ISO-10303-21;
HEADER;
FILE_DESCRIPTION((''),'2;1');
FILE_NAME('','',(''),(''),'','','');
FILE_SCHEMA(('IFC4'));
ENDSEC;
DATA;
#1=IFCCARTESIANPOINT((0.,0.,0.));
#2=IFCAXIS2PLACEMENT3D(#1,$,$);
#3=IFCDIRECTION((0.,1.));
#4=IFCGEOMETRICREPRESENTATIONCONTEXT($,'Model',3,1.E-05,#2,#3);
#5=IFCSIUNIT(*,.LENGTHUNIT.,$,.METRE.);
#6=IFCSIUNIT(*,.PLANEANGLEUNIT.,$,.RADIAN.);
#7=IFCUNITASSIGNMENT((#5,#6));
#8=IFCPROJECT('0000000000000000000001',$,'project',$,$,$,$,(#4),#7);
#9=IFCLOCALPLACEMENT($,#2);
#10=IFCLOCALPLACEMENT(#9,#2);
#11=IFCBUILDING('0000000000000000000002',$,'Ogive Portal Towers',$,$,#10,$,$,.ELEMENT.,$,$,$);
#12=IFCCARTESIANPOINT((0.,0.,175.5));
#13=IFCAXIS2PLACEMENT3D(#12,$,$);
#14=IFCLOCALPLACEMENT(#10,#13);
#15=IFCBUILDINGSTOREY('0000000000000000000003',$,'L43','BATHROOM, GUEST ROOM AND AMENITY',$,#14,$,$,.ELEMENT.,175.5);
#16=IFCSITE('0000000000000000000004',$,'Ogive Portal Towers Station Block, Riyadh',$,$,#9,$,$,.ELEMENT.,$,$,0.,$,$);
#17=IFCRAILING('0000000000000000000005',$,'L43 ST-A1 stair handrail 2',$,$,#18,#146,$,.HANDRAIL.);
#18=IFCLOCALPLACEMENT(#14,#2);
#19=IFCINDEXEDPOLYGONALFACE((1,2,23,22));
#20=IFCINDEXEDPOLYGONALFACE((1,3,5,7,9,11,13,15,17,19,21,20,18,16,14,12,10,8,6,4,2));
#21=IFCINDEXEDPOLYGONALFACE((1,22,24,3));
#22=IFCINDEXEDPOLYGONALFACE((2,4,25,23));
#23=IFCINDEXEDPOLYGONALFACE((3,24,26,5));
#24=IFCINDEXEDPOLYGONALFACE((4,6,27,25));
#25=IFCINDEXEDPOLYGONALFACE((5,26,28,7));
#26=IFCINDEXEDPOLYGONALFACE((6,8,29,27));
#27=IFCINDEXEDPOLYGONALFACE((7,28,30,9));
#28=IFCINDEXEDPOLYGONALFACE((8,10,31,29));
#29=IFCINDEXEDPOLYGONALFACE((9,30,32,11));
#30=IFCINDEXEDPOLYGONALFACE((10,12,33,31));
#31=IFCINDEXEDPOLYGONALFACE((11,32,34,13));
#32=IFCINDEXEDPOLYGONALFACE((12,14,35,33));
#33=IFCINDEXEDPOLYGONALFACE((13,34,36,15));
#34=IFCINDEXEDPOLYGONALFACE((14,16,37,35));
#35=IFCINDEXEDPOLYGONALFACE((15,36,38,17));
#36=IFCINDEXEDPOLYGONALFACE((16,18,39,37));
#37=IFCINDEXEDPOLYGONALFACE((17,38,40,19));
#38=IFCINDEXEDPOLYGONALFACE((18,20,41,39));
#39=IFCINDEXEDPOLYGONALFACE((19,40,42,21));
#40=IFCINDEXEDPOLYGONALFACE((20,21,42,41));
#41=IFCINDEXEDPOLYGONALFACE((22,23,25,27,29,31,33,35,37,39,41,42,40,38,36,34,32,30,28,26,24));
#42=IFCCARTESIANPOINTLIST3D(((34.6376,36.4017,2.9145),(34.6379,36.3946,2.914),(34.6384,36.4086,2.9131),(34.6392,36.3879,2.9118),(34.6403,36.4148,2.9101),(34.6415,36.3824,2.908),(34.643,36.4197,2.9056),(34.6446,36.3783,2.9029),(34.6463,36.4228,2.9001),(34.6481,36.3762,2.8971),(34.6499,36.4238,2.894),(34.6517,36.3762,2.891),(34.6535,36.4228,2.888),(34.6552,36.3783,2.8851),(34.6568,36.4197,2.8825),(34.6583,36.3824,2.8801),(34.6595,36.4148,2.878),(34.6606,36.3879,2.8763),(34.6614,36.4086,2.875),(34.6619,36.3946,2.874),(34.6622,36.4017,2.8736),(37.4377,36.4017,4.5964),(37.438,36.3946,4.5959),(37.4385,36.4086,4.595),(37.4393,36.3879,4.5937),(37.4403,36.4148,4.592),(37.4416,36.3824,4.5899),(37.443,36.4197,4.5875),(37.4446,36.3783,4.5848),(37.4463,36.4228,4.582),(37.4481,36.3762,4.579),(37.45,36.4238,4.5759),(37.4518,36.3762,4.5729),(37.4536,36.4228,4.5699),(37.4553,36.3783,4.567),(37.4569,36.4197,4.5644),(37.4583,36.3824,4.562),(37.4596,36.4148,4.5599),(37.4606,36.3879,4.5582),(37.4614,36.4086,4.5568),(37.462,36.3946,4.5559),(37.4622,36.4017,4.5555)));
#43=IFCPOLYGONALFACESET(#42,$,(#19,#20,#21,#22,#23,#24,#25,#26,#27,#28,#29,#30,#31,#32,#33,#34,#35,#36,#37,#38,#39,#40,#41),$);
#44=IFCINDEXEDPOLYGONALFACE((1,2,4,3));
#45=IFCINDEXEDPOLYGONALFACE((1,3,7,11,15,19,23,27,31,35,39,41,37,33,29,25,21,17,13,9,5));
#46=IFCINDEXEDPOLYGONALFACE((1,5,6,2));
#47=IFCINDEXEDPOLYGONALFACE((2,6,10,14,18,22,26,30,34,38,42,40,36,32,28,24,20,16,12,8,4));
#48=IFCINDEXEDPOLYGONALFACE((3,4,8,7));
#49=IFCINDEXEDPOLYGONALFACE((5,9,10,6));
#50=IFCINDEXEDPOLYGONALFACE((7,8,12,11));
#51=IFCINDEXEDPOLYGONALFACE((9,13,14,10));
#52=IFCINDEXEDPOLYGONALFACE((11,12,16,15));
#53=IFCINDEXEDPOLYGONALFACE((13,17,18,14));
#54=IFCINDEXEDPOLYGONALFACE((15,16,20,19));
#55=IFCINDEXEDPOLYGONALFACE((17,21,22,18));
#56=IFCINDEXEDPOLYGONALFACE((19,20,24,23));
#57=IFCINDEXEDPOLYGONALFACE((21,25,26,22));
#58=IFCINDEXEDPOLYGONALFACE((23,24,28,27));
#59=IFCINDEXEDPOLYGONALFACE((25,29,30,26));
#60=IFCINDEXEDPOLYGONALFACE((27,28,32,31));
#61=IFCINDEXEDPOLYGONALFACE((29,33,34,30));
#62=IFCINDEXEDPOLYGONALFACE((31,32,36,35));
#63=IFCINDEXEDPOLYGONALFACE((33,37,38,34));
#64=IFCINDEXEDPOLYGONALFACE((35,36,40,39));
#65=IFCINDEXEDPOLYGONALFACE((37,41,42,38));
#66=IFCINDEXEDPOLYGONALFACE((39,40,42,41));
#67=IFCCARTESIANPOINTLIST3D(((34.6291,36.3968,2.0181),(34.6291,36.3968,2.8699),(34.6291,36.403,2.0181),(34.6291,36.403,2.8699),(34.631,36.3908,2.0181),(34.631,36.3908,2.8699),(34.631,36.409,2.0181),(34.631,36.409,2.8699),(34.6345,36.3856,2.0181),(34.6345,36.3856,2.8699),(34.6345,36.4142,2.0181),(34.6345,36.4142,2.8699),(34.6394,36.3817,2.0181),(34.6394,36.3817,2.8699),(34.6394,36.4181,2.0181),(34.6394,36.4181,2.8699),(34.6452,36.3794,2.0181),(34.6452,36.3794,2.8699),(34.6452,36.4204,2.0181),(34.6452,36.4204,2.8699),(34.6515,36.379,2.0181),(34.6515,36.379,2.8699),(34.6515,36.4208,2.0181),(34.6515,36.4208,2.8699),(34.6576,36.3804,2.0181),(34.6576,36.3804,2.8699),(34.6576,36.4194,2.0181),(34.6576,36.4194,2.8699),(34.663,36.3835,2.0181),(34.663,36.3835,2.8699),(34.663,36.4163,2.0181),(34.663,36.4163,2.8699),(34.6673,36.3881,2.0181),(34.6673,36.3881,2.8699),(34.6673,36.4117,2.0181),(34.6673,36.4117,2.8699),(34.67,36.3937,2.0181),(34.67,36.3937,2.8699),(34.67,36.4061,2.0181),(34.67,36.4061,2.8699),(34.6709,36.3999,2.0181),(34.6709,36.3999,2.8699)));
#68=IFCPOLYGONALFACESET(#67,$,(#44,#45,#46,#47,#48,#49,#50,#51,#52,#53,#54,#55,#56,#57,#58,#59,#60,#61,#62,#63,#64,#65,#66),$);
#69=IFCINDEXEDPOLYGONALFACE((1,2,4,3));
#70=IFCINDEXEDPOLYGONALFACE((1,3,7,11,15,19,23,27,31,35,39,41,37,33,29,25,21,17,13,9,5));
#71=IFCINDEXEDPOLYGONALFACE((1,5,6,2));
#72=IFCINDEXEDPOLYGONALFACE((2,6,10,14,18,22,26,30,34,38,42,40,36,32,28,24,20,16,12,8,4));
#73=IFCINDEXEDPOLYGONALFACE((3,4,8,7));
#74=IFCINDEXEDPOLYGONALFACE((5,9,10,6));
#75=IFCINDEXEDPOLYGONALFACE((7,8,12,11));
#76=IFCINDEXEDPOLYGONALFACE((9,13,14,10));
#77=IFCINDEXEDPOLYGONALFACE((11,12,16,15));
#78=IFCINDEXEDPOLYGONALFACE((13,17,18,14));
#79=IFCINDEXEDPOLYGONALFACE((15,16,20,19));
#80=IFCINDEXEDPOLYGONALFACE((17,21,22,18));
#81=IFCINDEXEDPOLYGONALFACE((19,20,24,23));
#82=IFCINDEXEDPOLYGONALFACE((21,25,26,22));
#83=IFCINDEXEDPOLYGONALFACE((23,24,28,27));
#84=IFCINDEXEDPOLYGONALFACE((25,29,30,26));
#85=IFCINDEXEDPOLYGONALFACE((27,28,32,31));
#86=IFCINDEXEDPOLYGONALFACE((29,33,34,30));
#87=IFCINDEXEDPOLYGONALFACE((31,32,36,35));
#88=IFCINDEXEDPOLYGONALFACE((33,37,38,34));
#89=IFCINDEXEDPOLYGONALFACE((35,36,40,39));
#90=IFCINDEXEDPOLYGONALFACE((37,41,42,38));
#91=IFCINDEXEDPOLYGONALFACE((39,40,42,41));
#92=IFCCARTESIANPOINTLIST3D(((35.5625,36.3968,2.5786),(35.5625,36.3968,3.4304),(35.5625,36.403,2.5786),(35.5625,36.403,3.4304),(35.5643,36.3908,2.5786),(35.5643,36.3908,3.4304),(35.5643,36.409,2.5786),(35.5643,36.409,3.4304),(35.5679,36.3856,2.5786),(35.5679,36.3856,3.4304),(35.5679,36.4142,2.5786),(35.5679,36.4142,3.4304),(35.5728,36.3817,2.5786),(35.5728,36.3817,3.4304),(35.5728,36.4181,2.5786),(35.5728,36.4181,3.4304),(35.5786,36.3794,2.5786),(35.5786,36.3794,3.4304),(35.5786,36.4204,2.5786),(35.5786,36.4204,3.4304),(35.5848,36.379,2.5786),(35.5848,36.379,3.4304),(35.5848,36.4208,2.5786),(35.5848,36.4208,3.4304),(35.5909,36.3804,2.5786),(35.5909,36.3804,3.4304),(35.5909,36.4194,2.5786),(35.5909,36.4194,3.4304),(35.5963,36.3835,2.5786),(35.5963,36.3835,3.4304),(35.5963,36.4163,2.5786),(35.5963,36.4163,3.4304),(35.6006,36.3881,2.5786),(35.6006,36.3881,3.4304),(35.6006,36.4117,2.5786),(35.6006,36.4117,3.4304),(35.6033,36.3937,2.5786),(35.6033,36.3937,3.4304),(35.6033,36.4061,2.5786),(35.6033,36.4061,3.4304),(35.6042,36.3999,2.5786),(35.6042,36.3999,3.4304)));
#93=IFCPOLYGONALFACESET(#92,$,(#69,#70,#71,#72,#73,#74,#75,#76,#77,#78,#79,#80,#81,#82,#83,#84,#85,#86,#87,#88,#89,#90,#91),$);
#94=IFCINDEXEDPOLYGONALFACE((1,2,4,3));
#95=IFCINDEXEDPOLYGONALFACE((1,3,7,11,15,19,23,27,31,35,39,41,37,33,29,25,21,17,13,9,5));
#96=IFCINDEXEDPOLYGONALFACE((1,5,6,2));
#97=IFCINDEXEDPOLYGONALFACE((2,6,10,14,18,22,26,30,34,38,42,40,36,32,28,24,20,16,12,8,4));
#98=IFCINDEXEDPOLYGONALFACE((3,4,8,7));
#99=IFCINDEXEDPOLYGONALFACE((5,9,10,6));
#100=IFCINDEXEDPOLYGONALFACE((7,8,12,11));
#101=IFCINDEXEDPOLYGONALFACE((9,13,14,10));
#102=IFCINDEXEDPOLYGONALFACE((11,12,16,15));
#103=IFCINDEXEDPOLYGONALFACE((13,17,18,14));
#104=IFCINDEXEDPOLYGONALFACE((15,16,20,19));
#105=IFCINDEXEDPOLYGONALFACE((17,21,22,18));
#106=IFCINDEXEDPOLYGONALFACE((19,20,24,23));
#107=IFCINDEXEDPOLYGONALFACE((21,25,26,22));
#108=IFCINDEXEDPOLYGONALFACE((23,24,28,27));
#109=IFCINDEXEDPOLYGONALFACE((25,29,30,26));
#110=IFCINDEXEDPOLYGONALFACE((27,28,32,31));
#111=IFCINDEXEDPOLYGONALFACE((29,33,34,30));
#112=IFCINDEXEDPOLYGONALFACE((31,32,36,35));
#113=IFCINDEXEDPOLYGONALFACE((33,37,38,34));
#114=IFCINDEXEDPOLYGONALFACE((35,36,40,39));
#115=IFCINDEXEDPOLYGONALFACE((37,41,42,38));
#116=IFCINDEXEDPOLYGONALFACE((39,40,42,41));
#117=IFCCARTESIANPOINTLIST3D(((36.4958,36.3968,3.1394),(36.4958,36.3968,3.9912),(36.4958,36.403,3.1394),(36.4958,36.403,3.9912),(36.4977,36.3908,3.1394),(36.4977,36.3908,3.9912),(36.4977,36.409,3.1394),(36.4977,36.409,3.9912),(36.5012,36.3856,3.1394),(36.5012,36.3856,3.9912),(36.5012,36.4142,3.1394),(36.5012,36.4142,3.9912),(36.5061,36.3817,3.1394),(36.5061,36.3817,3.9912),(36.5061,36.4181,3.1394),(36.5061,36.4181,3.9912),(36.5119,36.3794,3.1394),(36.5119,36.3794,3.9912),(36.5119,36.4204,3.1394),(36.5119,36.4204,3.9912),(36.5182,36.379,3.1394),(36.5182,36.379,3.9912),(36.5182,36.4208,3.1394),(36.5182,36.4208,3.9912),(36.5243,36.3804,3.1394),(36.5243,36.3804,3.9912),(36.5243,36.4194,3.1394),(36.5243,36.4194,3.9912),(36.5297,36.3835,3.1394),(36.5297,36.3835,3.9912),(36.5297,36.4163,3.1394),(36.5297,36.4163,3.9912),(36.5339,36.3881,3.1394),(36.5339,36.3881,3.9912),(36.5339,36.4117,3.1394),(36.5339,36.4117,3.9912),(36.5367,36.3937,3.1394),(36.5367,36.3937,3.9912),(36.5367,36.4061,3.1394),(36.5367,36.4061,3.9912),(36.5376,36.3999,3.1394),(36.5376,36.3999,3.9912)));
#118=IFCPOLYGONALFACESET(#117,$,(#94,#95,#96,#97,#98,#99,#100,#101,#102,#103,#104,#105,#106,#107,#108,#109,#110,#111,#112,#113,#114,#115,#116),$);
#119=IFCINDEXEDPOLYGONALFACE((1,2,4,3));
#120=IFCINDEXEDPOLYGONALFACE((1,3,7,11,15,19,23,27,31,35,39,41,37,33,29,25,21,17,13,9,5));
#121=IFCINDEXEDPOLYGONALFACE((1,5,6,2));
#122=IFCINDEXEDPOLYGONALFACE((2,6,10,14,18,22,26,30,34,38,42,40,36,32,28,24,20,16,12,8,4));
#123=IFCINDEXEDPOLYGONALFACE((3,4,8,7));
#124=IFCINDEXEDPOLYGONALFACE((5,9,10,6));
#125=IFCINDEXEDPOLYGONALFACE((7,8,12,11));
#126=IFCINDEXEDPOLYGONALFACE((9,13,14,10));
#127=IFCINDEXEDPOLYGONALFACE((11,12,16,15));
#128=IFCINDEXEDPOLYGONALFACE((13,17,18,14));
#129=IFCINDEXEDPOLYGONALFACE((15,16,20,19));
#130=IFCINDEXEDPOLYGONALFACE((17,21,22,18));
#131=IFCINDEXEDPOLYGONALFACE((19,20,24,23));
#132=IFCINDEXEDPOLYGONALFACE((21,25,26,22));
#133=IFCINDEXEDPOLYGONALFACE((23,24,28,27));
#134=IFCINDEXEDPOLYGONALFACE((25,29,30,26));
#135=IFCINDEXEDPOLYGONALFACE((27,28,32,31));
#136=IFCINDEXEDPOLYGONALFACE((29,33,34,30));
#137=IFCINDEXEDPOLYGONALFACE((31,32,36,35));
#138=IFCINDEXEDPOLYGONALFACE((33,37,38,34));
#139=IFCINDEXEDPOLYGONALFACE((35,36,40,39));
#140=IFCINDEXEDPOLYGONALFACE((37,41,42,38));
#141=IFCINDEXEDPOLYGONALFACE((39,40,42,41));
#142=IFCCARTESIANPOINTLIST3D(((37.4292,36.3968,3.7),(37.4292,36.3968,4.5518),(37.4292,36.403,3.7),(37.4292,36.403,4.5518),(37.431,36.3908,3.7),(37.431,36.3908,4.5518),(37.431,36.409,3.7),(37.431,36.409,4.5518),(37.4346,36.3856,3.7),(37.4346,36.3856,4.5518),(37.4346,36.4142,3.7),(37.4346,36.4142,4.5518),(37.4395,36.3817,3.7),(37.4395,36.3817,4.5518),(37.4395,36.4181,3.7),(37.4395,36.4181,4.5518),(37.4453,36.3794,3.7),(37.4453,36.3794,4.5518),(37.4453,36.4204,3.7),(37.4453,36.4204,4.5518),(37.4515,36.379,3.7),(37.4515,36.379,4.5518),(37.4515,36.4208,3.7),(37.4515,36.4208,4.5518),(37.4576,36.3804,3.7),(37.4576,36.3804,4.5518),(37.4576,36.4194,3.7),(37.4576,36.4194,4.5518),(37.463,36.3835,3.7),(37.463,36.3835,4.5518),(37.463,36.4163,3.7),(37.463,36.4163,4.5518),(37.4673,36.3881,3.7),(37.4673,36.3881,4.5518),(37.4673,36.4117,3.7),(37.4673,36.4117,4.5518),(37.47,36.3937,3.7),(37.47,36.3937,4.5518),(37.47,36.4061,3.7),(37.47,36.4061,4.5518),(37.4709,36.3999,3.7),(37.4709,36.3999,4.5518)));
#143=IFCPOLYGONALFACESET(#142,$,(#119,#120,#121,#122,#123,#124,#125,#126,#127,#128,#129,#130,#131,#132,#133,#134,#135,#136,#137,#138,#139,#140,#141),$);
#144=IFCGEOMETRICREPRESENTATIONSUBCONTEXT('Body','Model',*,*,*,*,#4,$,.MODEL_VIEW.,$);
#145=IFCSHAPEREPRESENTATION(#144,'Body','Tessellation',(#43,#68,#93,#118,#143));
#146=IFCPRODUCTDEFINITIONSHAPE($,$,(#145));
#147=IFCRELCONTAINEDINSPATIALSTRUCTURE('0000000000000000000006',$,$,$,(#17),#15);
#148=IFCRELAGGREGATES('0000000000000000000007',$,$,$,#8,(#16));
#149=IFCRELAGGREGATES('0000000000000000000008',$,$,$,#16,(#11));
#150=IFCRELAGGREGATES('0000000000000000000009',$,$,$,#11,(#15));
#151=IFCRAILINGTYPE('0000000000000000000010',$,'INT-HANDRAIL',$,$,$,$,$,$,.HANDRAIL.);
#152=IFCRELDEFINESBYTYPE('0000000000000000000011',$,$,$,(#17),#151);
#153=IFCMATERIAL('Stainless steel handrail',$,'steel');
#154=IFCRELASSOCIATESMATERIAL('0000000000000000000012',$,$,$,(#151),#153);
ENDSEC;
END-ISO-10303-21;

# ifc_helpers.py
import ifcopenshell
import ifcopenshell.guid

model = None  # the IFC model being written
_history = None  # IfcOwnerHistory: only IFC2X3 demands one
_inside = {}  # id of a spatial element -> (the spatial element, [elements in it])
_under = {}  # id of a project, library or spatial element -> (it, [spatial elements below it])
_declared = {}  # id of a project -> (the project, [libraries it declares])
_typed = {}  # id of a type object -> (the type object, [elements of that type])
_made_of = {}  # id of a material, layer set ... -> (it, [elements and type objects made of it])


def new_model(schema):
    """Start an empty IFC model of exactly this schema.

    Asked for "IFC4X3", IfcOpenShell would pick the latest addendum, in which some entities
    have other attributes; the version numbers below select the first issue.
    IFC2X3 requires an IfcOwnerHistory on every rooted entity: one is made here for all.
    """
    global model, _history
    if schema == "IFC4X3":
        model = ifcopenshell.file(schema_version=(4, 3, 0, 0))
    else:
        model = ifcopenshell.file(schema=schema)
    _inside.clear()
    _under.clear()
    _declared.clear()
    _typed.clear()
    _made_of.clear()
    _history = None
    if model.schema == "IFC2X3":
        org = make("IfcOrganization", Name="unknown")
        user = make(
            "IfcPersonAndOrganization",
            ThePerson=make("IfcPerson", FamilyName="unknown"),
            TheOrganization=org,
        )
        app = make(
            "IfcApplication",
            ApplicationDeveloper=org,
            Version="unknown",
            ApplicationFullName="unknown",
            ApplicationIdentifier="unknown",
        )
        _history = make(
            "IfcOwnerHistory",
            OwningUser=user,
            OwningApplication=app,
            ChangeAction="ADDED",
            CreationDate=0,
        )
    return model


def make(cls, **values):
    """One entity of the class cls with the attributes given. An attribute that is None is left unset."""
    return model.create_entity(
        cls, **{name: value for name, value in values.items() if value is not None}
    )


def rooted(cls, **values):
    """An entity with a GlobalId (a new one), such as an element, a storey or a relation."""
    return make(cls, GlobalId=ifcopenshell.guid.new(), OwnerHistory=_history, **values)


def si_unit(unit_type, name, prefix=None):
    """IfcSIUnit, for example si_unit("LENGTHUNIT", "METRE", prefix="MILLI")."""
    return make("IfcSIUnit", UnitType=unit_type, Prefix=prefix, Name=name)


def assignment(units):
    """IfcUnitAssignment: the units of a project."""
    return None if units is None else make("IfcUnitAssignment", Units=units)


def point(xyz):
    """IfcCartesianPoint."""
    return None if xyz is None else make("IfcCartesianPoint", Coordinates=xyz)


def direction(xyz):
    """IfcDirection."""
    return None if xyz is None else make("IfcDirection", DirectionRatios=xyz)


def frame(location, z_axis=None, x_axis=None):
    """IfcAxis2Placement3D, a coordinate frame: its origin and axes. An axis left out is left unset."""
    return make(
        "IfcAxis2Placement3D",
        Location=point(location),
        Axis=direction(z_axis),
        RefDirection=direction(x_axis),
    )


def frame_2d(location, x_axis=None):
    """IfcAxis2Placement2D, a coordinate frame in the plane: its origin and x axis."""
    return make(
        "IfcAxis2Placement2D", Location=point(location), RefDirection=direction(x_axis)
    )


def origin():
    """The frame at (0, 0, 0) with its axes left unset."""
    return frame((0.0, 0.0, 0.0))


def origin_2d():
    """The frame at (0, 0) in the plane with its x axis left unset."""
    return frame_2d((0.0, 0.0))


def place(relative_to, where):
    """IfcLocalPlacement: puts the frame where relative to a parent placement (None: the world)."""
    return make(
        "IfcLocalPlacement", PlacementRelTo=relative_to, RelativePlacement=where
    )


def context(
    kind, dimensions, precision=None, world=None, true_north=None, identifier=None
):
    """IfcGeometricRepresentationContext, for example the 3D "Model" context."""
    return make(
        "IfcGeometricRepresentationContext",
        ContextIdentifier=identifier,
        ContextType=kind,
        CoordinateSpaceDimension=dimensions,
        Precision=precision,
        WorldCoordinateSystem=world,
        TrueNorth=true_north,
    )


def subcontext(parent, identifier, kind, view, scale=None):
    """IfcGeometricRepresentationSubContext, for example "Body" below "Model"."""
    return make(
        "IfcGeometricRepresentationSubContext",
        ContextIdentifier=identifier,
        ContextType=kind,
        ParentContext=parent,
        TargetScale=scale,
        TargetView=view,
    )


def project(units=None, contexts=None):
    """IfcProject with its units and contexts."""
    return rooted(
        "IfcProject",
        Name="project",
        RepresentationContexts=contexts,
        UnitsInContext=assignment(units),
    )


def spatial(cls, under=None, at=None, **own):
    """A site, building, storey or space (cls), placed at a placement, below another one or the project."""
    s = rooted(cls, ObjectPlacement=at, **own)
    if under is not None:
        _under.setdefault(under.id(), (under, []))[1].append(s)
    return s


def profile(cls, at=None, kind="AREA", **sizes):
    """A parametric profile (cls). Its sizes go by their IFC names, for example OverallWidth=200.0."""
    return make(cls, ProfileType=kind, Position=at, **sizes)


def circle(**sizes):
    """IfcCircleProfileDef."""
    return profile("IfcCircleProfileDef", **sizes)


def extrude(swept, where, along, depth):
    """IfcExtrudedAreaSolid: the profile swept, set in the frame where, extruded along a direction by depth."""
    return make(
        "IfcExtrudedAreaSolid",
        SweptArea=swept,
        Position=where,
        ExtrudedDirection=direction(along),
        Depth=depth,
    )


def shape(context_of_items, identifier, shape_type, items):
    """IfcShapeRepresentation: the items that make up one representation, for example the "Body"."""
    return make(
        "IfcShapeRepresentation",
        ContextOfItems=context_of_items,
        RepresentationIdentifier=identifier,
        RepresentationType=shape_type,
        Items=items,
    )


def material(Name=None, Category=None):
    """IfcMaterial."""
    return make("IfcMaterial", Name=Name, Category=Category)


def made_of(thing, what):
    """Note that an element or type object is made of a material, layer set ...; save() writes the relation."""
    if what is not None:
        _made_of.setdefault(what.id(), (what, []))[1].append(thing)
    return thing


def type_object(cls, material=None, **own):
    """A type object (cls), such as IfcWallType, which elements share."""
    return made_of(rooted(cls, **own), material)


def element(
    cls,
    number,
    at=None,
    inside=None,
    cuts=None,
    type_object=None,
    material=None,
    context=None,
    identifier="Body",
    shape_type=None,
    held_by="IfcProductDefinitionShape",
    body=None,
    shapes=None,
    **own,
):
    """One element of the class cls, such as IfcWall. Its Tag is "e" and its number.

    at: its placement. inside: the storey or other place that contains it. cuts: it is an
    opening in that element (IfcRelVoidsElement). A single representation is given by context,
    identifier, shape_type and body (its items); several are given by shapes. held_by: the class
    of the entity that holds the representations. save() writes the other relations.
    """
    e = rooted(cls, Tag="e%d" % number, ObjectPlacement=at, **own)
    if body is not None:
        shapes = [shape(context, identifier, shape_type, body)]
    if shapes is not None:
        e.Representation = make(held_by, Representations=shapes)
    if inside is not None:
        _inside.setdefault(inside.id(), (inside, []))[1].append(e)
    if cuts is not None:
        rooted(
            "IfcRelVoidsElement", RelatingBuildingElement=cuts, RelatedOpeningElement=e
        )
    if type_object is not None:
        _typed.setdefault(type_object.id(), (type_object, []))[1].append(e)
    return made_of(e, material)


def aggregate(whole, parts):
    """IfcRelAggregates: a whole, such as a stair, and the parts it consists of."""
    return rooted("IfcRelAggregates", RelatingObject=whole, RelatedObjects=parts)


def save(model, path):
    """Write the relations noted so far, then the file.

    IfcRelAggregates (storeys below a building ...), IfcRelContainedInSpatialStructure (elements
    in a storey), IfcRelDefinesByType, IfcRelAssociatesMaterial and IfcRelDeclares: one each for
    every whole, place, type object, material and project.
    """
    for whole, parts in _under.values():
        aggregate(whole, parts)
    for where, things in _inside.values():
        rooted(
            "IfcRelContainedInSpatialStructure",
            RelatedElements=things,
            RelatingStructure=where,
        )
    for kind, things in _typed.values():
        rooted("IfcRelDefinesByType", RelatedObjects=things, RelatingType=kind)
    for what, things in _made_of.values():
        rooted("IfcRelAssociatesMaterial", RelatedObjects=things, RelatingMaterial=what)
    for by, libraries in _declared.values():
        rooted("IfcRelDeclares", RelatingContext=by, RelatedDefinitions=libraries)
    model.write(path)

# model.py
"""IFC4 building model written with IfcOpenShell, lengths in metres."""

from ifc_helpers import new_model, si_unit, direction, frame, origin, origin_2d, place, context, subcontext, project, spatial, circle, extrude, material, type_object, element, save


model = new_model("IFC4")

# Units and contexts
model_context = context("Model", 3, precision=1e-05, world=origin(), true_north=direction((0.0, 1.0)))
body_context = subcontext(model_context, "Body", "Model", "MODEL_VIEW")
ifc_project = project(units=[si_unit("LENGTHUNIT", "METRE"), si_unit("PLANEANGLEUNIT", "RADIAN")], contexts=[model_context])

# Site, building, storey
site_placement = place(None, origin())
site = spatial("IfcSite", under=ifc_project, at=site_placement, Name="Ogive Portal Towers Station Block, Riyadh", CompositionType="ELEMENT", RefElevation=0.0)
building_placement = place(site_placement, origin())
building = spatial("IfcBuilding", under=site, at=building_placement, Name="Ogive Portal Towers", CompositionType="ELEMENT")
storey_placement = place(building_placement, frame((0.0, 0.0, 175.5)))
storey = spatial("IfcBuildingStorey", under=building, at=storey_placement, Name="L43", Description="BATHROOM, GUEST ROOM AND AMENITY", CompositionType="ELEMENT", Elevation=175.5)

# Railing
ifc_material_1 = material(Name="Stainless steel handrail", Category="steel")
railing_type_1 = type_object("IfcRailingType", Name="INT-HANDRAIL", PredefinedType="HANDRAIL", material=ifc_material_1)
railing_1_placement = place(storey_placement, frame((34.6499, 36.3999, 2.0181)))
element("IfcRailing", 1, at=railing_1_placement, inside=storey, type_object=railing_type_1, Name="L43 ST-A1 stair handrail 2", PredefinedType="HANDRAIL", context=body_context, shape_type="SweptSolid", body=[
    extrude(circle(Radius=0.0239, at=origin_2d()), frame((0.0, 0.0, 0.876), z_axis=(0.857242, 0.0, 0.514913), x_axis=(0.0, 1.0, 0.0)), (0.0, 0.0, 1.0), 3.2664),
    extrude(circle(Radius=0.021, at=origin_2d()), origin(), (0.0, 0.0, 1.0), 0.8518),
    extrude(circle(Radius=0.021, at=origin_2d()), frame((0.9333, 0.0, 0.5605)), (0.0, 0.0, 1.0), 0.8518),
    extrude(circle(Radius=0.021, at=origin_2d()), frame((1.8667, 0.0, 1.1213)), (0.0, 0.0, 1.0), 0.8518),
    extrude(circle(Radius=0.021, at=origin_2d()), frame((2.8, 0.0, 1.6819)), (0.0, 0.0, 1.0), 0.8518),
])

save(model, "model.ifc")
